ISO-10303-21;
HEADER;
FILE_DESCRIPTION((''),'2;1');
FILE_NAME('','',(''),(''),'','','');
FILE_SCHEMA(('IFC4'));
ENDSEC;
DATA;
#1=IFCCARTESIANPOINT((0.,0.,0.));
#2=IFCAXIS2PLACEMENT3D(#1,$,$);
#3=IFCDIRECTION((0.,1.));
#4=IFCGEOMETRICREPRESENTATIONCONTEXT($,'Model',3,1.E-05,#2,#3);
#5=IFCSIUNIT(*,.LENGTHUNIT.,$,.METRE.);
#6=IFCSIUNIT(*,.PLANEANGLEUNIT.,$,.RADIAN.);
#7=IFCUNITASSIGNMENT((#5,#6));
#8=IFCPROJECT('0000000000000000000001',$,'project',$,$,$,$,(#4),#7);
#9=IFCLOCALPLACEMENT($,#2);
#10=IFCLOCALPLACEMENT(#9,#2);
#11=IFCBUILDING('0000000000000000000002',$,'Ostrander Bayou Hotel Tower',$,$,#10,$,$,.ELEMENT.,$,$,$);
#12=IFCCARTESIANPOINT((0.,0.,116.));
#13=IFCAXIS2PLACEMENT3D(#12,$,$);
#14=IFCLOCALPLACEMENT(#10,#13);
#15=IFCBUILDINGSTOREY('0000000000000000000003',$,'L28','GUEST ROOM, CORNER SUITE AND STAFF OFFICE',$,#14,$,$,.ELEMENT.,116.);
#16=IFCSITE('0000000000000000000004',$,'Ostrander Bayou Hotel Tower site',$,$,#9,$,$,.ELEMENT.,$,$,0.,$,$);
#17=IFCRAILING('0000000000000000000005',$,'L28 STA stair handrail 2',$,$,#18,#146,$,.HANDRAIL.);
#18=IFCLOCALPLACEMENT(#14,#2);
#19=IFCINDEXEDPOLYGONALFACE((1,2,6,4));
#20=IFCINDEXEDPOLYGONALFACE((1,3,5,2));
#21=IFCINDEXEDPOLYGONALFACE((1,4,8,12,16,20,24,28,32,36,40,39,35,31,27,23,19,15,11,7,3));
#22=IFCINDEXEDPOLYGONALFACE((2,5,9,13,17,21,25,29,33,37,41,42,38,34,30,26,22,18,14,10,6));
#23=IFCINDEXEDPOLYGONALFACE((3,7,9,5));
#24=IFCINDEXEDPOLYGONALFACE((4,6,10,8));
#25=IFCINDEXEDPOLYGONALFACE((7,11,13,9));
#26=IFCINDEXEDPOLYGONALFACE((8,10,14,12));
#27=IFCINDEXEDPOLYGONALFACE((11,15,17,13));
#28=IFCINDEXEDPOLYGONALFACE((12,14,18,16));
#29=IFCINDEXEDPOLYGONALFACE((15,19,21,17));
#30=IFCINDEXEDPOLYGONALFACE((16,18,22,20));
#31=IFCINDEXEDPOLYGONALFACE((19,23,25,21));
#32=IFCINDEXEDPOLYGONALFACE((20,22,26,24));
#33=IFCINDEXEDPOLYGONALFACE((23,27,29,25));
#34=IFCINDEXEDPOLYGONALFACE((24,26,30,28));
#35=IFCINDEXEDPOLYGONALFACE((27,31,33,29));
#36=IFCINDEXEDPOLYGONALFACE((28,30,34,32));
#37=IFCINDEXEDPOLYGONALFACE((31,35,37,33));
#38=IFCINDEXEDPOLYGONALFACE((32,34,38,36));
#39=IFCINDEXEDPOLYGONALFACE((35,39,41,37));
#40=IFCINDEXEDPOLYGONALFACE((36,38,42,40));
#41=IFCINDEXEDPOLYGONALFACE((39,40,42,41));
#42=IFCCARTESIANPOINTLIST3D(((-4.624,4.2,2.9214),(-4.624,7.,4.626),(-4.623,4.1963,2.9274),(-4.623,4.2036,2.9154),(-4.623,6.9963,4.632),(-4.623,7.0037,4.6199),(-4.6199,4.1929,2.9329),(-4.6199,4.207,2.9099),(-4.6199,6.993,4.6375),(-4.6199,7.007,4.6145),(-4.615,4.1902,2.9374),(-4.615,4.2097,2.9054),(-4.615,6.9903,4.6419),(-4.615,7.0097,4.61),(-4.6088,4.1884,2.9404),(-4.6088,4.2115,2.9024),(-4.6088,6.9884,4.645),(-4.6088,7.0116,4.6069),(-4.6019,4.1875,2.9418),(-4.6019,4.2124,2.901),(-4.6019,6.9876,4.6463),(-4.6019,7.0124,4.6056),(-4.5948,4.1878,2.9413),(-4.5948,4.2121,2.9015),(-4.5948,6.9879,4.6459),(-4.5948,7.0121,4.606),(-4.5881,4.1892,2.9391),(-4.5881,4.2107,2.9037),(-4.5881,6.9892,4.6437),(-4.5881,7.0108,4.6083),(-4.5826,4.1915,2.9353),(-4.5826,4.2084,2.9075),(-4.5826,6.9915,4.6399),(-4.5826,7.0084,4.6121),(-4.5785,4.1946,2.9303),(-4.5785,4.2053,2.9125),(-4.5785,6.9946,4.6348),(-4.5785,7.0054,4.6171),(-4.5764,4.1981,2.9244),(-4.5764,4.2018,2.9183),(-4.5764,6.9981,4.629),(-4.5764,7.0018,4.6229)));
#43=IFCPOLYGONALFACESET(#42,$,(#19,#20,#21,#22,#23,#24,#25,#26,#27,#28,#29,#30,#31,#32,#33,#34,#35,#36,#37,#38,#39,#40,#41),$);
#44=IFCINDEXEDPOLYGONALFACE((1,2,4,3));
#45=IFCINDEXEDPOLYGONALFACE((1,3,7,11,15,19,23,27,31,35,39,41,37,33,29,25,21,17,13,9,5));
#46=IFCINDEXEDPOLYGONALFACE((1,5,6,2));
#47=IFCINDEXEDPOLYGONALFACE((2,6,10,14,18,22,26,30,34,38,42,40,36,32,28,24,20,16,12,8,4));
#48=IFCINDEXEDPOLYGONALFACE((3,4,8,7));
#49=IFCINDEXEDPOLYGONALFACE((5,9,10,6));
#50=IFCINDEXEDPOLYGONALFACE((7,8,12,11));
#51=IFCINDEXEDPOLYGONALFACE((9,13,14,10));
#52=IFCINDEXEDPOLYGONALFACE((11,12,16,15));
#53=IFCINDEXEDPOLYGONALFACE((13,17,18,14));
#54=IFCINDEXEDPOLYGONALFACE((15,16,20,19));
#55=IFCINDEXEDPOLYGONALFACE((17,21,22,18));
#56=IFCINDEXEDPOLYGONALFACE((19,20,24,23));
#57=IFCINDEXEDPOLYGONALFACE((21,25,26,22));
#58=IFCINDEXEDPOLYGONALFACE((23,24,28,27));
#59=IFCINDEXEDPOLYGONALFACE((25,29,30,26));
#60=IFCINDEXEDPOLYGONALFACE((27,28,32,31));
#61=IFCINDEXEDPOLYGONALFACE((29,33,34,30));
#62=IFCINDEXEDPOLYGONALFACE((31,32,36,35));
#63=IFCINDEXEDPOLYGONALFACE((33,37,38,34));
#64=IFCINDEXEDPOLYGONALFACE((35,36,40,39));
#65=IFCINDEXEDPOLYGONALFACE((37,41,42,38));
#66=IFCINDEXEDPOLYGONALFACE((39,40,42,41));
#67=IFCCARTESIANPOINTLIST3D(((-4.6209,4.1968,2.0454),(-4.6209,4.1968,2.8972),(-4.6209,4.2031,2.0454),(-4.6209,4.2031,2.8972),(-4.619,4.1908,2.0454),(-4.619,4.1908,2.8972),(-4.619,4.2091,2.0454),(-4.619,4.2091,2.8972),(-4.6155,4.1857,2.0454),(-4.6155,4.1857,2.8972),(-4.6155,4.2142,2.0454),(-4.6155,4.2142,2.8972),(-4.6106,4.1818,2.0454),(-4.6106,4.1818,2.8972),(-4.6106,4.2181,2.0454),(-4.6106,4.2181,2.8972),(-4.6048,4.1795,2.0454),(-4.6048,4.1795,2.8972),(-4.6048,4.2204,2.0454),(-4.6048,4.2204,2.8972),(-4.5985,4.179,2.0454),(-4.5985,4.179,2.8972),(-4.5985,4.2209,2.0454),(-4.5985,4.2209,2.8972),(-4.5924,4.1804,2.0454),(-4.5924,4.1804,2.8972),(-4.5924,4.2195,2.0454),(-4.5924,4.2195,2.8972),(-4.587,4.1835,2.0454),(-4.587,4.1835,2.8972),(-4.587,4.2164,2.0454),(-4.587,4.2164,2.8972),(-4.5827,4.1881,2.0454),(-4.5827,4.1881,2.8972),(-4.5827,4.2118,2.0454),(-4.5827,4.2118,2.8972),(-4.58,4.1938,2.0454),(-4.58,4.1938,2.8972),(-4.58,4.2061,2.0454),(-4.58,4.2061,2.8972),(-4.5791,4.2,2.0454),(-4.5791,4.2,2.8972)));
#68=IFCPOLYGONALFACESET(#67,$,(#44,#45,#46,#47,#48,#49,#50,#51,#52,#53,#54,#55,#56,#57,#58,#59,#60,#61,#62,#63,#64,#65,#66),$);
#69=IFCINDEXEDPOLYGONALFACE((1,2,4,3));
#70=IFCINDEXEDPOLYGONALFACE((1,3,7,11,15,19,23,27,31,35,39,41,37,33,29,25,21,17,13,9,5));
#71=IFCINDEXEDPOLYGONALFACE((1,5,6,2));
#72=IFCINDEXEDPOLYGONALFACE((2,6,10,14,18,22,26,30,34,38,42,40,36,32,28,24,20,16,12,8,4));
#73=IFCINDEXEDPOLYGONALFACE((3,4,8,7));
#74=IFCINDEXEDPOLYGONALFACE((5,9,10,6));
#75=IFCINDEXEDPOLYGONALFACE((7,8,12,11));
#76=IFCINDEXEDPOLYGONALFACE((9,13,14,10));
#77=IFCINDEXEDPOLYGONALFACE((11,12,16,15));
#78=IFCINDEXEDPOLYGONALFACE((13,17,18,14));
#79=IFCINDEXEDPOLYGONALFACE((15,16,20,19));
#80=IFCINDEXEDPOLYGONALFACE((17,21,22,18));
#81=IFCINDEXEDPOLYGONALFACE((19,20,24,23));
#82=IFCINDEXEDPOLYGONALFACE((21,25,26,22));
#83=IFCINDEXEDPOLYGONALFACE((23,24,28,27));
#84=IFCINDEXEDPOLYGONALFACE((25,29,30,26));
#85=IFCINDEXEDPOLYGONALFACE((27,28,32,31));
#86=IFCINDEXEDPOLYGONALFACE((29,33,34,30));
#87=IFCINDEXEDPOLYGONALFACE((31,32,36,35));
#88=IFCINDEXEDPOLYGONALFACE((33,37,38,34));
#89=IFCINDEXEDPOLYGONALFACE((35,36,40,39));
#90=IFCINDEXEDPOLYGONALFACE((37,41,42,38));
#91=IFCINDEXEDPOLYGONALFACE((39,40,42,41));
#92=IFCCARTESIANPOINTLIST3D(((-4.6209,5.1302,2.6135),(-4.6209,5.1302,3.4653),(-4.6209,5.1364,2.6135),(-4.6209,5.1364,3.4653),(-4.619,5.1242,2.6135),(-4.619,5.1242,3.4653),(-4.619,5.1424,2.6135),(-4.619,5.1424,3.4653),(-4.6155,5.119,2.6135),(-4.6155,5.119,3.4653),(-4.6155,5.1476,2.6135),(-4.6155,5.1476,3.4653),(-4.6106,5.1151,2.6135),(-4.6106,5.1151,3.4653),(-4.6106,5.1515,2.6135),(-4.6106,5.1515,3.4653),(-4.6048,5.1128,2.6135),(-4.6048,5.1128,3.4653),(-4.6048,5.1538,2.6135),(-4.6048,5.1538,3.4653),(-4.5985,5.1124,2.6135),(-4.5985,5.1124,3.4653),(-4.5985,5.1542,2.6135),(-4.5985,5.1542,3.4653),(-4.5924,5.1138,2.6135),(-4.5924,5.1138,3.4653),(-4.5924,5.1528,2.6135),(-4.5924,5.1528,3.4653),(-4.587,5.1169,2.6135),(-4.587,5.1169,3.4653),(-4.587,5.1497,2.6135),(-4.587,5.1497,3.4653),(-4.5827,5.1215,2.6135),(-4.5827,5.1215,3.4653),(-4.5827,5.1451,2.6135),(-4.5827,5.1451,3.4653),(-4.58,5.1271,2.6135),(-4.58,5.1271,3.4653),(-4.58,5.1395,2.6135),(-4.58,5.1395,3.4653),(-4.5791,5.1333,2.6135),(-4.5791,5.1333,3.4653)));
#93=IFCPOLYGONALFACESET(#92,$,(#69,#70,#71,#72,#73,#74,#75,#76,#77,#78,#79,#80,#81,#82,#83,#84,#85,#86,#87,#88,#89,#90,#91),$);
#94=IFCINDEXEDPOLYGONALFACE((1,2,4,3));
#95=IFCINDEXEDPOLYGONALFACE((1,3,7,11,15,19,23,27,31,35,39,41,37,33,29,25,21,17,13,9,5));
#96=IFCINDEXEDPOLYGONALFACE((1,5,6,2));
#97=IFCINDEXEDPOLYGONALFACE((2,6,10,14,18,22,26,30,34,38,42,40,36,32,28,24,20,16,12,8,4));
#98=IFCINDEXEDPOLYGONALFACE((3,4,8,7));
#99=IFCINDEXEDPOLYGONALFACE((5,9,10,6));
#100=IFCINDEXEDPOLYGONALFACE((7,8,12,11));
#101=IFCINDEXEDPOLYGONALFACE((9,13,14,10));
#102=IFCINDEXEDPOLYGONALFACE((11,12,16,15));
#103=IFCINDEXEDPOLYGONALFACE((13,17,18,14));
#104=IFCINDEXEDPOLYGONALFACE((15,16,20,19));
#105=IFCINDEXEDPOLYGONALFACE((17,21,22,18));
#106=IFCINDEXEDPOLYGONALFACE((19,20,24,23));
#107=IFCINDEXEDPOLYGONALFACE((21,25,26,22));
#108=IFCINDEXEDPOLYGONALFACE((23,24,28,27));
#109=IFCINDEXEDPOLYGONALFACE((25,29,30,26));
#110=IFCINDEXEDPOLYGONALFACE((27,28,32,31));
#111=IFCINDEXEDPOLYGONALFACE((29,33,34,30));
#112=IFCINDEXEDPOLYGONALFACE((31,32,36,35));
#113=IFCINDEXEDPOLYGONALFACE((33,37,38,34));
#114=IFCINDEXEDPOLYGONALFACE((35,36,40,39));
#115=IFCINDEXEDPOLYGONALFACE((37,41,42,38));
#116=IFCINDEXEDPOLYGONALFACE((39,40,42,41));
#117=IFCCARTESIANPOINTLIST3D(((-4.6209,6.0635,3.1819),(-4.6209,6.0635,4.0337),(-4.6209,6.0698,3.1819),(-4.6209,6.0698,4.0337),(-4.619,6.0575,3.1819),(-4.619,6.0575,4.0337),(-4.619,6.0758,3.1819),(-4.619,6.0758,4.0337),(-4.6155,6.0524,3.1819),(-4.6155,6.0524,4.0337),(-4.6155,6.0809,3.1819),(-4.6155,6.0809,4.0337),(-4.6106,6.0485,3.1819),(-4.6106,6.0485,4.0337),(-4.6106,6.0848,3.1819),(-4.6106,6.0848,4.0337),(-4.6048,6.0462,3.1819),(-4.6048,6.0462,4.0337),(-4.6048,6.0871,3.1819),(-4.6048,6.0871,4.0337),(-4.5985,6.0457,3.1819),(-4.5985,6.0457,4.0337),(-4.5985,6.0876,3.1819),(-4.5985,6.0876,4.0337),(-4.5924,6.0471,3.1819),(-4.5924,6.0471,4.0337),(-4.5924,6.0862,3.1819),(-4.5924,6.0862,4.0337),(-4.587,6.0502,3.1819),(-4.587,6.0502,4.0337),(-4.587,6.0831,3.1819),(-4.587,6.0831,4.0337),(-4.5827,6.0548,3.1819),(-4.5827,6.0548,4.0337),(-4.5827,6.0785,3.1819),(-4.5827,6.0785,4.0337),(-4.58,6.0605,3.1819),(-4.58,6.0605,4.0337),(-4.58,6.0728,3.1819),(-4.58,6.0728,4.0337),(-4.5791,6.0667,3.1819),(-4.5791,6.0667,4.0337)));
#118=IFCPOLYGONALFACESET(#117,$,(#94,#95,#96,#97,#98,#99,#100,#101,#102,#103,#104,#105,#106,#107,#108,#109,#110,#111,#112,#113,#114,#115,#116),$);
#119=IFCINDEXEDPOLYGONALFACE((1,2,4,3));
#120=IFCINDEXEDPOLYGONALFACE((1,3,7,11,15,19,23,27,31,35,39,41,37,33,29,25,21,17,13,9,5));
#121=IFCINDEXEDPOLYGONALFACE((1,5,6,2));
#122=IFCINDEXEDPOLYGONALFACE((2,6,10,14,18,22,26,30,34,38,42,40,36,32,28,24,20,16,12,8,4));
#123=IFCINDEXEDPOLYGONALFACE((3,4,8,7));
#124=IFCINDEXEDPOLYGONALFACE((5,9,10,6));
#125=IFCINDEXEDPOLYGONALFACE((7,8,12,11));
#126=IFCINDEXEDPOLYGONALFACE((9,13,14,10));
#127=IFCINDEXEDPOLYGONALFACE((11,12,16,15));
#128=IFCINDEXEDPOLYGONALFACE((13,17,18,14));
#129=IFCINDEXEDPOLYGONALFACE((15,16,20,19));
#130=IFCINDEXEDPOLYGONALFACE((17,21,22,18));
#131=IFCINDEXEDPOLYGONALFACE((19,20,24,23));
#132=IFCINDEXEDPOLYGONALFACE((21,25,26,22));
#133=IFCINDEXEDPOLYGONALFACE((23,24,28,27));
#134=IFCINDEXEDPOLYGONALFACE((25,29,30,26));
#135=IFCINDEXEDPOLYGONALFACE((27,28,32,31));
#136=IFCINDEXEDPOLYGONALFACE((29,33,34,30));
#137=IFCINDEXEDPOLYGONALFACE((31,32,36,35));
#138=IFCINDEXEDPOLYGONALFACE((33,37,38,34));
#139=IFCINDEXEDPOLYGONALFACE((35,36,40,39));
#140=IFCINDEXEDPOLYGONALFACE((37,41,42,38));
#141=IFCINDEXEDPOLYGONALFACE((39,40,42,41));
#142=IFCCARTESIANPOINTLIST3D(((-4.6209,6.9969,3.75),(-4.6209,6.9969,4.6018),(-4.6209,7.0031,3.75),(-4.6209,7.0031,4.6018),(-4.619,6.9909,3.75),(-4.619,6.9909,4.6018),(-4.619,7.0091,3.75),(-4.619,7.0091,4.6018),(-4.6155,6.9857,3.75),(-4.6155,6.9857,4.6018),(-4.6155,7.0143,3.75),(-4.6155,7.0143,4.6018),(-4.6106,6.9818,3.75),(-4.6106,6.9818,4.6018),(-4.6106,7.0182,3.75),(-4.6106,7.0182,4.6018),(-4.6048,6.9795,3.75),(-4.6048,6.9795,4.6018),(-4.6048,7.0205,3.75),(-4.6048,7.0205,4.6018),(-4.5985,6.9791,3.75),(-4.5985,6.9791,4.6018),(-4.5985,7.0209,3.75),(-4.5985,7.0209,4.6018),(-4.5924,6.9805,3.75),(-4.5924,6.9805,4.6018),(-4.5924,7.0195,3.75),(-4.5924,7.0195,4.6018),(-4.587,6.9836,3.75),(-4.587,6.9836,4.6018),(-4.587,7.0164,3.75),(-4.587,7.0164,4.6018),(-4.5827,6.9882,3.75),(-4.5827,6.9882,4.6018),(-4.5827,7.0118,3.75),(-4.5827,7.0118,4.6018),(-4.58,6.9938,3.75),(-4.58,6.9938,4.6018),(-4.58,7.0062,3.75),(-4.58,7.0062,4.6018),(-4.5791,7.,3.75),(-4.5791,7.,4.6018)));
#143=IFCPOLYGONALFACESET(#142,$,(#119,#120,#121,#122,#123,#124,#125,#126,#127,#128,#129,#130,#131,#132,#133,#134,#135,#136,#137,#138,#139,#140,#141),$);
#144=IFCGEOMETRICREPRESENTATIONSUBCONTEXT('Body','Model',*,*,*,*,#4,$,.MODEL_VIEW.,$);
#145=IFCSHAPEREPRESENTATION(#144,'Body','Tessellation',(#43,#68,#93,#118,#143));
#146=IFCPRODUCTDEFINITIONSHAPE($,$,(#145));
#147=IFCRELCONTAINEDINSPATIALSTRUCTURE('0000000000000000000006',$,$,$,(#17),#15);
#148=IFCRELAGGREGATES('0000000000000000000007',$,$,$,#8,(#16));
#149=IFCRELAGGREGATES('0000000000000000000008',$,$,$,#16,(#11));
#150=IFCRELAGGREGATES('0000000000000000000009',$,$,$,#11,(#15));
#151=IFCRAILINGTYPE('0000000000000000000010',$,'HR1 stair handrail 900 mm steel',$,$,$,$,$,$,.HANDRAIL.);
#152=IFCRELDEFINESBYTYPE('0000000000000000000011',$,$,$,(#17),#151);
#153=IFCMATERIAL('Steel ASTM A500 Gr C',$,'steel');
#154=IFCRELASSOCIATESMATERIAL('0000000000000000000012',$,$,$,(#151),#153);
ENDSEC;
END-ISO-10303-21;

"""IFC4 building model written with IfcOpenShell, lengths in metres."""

from ifc_helpers import new_model, si_unit, direction, frame, origin, origin_2d, place, context, subcontext, project, spatial, circle, extrude, material, type_object, element, save


model = new_model("IFC4")

# Units and contexts
model_context = context("Model", 3, precision=1e-05, world=origin(), true_north=direction((0.0, 1.0)))
body_context = subcontext(model_context, "Body", "Model", "MODEL_VIEW")
ifc_project = project(units=[si_unit("LENGTHUNIT", "METRE"), si_unit("PLANEANGLEUNIT", "RADIAN")], contexts=[model_context])

# Site, building, storey
site_placement = place(None, origin())
site = spatial("IfcSite", under=ifc_project, at=site_placement, Name="Ostrander Bayou Hotel Tower site", CompositionType="ELEMENT", RefElevation=0.0)
building_placement = place(site_placement, origin())
building = spatial("IfcBuilding", under=site, at=building_placement, Name="Ostrander Bayou Hotel Tower", CompositionType="ELEMENT")
storey_placement = place(building_placement, frame((0.0, 0.0, 116.0)))
storey = spatial("IfcBuildingStorey", under=building, at=storey_placement, Name="L28", Description="GUEST ROOM, CORNER SUITE AND STAFF OFFICE", CompositionType="ELEMENT", Elevation=116.0)

# Railing
ifc_material_1 = material(Name="Steel ASTM A500 Gr C", Category="steel")
railing_type_1 = type_object("IfcRailingType", Name="HR1 stair handrail 900 mm steel", PredefinedType="HANDRAIL", material=ifc_material_1)
railing_1_placement = place(storey_placement, frame((-4.6001, 4.2, 2.0454)))
element("IfcRailing", 1, at=railing_1_placement, inside=storey, type_object=railing_type_1, Name="L28 STA stair handrail 2", PredefinedType="HANDRAIL", context=body_context, shape_type="SweptSolid", body=[
    extrude(circle(Radius=0.0239, at=origin_2d()), frame((0.0, 0.0, 0.876), z_axis=(0.0, 0.85417, 0.519994), x_axis=(-1.0, 0.0, 0.0)), (0.0, 0.0, 1.0), 3.2781),
    extrude(circle(Radius=0.021, at=origin_2d()), origin(), (0.0, 0.0, 1.0), 0.8518),
    extrude(circle(Radius=0.021, at=origin_2d()), frame((0.0, 0.9333, 0.5681)), (0.0, 0.0, 1.0), 0.8518),
    extrude(circle(Radius=0.021, at=origin_2d()), frame((0.0, 1.8667, 1.1365)), (0.0, 0.0, 1.0), 0.8518),
    extrude(circle(Radius=0.021, at=origin_2d()), frame((0.0, 2.8, 1.7046)), (0.0, 0.0, 1.0), 0.8518),
])

save(model, "model.ifc")
